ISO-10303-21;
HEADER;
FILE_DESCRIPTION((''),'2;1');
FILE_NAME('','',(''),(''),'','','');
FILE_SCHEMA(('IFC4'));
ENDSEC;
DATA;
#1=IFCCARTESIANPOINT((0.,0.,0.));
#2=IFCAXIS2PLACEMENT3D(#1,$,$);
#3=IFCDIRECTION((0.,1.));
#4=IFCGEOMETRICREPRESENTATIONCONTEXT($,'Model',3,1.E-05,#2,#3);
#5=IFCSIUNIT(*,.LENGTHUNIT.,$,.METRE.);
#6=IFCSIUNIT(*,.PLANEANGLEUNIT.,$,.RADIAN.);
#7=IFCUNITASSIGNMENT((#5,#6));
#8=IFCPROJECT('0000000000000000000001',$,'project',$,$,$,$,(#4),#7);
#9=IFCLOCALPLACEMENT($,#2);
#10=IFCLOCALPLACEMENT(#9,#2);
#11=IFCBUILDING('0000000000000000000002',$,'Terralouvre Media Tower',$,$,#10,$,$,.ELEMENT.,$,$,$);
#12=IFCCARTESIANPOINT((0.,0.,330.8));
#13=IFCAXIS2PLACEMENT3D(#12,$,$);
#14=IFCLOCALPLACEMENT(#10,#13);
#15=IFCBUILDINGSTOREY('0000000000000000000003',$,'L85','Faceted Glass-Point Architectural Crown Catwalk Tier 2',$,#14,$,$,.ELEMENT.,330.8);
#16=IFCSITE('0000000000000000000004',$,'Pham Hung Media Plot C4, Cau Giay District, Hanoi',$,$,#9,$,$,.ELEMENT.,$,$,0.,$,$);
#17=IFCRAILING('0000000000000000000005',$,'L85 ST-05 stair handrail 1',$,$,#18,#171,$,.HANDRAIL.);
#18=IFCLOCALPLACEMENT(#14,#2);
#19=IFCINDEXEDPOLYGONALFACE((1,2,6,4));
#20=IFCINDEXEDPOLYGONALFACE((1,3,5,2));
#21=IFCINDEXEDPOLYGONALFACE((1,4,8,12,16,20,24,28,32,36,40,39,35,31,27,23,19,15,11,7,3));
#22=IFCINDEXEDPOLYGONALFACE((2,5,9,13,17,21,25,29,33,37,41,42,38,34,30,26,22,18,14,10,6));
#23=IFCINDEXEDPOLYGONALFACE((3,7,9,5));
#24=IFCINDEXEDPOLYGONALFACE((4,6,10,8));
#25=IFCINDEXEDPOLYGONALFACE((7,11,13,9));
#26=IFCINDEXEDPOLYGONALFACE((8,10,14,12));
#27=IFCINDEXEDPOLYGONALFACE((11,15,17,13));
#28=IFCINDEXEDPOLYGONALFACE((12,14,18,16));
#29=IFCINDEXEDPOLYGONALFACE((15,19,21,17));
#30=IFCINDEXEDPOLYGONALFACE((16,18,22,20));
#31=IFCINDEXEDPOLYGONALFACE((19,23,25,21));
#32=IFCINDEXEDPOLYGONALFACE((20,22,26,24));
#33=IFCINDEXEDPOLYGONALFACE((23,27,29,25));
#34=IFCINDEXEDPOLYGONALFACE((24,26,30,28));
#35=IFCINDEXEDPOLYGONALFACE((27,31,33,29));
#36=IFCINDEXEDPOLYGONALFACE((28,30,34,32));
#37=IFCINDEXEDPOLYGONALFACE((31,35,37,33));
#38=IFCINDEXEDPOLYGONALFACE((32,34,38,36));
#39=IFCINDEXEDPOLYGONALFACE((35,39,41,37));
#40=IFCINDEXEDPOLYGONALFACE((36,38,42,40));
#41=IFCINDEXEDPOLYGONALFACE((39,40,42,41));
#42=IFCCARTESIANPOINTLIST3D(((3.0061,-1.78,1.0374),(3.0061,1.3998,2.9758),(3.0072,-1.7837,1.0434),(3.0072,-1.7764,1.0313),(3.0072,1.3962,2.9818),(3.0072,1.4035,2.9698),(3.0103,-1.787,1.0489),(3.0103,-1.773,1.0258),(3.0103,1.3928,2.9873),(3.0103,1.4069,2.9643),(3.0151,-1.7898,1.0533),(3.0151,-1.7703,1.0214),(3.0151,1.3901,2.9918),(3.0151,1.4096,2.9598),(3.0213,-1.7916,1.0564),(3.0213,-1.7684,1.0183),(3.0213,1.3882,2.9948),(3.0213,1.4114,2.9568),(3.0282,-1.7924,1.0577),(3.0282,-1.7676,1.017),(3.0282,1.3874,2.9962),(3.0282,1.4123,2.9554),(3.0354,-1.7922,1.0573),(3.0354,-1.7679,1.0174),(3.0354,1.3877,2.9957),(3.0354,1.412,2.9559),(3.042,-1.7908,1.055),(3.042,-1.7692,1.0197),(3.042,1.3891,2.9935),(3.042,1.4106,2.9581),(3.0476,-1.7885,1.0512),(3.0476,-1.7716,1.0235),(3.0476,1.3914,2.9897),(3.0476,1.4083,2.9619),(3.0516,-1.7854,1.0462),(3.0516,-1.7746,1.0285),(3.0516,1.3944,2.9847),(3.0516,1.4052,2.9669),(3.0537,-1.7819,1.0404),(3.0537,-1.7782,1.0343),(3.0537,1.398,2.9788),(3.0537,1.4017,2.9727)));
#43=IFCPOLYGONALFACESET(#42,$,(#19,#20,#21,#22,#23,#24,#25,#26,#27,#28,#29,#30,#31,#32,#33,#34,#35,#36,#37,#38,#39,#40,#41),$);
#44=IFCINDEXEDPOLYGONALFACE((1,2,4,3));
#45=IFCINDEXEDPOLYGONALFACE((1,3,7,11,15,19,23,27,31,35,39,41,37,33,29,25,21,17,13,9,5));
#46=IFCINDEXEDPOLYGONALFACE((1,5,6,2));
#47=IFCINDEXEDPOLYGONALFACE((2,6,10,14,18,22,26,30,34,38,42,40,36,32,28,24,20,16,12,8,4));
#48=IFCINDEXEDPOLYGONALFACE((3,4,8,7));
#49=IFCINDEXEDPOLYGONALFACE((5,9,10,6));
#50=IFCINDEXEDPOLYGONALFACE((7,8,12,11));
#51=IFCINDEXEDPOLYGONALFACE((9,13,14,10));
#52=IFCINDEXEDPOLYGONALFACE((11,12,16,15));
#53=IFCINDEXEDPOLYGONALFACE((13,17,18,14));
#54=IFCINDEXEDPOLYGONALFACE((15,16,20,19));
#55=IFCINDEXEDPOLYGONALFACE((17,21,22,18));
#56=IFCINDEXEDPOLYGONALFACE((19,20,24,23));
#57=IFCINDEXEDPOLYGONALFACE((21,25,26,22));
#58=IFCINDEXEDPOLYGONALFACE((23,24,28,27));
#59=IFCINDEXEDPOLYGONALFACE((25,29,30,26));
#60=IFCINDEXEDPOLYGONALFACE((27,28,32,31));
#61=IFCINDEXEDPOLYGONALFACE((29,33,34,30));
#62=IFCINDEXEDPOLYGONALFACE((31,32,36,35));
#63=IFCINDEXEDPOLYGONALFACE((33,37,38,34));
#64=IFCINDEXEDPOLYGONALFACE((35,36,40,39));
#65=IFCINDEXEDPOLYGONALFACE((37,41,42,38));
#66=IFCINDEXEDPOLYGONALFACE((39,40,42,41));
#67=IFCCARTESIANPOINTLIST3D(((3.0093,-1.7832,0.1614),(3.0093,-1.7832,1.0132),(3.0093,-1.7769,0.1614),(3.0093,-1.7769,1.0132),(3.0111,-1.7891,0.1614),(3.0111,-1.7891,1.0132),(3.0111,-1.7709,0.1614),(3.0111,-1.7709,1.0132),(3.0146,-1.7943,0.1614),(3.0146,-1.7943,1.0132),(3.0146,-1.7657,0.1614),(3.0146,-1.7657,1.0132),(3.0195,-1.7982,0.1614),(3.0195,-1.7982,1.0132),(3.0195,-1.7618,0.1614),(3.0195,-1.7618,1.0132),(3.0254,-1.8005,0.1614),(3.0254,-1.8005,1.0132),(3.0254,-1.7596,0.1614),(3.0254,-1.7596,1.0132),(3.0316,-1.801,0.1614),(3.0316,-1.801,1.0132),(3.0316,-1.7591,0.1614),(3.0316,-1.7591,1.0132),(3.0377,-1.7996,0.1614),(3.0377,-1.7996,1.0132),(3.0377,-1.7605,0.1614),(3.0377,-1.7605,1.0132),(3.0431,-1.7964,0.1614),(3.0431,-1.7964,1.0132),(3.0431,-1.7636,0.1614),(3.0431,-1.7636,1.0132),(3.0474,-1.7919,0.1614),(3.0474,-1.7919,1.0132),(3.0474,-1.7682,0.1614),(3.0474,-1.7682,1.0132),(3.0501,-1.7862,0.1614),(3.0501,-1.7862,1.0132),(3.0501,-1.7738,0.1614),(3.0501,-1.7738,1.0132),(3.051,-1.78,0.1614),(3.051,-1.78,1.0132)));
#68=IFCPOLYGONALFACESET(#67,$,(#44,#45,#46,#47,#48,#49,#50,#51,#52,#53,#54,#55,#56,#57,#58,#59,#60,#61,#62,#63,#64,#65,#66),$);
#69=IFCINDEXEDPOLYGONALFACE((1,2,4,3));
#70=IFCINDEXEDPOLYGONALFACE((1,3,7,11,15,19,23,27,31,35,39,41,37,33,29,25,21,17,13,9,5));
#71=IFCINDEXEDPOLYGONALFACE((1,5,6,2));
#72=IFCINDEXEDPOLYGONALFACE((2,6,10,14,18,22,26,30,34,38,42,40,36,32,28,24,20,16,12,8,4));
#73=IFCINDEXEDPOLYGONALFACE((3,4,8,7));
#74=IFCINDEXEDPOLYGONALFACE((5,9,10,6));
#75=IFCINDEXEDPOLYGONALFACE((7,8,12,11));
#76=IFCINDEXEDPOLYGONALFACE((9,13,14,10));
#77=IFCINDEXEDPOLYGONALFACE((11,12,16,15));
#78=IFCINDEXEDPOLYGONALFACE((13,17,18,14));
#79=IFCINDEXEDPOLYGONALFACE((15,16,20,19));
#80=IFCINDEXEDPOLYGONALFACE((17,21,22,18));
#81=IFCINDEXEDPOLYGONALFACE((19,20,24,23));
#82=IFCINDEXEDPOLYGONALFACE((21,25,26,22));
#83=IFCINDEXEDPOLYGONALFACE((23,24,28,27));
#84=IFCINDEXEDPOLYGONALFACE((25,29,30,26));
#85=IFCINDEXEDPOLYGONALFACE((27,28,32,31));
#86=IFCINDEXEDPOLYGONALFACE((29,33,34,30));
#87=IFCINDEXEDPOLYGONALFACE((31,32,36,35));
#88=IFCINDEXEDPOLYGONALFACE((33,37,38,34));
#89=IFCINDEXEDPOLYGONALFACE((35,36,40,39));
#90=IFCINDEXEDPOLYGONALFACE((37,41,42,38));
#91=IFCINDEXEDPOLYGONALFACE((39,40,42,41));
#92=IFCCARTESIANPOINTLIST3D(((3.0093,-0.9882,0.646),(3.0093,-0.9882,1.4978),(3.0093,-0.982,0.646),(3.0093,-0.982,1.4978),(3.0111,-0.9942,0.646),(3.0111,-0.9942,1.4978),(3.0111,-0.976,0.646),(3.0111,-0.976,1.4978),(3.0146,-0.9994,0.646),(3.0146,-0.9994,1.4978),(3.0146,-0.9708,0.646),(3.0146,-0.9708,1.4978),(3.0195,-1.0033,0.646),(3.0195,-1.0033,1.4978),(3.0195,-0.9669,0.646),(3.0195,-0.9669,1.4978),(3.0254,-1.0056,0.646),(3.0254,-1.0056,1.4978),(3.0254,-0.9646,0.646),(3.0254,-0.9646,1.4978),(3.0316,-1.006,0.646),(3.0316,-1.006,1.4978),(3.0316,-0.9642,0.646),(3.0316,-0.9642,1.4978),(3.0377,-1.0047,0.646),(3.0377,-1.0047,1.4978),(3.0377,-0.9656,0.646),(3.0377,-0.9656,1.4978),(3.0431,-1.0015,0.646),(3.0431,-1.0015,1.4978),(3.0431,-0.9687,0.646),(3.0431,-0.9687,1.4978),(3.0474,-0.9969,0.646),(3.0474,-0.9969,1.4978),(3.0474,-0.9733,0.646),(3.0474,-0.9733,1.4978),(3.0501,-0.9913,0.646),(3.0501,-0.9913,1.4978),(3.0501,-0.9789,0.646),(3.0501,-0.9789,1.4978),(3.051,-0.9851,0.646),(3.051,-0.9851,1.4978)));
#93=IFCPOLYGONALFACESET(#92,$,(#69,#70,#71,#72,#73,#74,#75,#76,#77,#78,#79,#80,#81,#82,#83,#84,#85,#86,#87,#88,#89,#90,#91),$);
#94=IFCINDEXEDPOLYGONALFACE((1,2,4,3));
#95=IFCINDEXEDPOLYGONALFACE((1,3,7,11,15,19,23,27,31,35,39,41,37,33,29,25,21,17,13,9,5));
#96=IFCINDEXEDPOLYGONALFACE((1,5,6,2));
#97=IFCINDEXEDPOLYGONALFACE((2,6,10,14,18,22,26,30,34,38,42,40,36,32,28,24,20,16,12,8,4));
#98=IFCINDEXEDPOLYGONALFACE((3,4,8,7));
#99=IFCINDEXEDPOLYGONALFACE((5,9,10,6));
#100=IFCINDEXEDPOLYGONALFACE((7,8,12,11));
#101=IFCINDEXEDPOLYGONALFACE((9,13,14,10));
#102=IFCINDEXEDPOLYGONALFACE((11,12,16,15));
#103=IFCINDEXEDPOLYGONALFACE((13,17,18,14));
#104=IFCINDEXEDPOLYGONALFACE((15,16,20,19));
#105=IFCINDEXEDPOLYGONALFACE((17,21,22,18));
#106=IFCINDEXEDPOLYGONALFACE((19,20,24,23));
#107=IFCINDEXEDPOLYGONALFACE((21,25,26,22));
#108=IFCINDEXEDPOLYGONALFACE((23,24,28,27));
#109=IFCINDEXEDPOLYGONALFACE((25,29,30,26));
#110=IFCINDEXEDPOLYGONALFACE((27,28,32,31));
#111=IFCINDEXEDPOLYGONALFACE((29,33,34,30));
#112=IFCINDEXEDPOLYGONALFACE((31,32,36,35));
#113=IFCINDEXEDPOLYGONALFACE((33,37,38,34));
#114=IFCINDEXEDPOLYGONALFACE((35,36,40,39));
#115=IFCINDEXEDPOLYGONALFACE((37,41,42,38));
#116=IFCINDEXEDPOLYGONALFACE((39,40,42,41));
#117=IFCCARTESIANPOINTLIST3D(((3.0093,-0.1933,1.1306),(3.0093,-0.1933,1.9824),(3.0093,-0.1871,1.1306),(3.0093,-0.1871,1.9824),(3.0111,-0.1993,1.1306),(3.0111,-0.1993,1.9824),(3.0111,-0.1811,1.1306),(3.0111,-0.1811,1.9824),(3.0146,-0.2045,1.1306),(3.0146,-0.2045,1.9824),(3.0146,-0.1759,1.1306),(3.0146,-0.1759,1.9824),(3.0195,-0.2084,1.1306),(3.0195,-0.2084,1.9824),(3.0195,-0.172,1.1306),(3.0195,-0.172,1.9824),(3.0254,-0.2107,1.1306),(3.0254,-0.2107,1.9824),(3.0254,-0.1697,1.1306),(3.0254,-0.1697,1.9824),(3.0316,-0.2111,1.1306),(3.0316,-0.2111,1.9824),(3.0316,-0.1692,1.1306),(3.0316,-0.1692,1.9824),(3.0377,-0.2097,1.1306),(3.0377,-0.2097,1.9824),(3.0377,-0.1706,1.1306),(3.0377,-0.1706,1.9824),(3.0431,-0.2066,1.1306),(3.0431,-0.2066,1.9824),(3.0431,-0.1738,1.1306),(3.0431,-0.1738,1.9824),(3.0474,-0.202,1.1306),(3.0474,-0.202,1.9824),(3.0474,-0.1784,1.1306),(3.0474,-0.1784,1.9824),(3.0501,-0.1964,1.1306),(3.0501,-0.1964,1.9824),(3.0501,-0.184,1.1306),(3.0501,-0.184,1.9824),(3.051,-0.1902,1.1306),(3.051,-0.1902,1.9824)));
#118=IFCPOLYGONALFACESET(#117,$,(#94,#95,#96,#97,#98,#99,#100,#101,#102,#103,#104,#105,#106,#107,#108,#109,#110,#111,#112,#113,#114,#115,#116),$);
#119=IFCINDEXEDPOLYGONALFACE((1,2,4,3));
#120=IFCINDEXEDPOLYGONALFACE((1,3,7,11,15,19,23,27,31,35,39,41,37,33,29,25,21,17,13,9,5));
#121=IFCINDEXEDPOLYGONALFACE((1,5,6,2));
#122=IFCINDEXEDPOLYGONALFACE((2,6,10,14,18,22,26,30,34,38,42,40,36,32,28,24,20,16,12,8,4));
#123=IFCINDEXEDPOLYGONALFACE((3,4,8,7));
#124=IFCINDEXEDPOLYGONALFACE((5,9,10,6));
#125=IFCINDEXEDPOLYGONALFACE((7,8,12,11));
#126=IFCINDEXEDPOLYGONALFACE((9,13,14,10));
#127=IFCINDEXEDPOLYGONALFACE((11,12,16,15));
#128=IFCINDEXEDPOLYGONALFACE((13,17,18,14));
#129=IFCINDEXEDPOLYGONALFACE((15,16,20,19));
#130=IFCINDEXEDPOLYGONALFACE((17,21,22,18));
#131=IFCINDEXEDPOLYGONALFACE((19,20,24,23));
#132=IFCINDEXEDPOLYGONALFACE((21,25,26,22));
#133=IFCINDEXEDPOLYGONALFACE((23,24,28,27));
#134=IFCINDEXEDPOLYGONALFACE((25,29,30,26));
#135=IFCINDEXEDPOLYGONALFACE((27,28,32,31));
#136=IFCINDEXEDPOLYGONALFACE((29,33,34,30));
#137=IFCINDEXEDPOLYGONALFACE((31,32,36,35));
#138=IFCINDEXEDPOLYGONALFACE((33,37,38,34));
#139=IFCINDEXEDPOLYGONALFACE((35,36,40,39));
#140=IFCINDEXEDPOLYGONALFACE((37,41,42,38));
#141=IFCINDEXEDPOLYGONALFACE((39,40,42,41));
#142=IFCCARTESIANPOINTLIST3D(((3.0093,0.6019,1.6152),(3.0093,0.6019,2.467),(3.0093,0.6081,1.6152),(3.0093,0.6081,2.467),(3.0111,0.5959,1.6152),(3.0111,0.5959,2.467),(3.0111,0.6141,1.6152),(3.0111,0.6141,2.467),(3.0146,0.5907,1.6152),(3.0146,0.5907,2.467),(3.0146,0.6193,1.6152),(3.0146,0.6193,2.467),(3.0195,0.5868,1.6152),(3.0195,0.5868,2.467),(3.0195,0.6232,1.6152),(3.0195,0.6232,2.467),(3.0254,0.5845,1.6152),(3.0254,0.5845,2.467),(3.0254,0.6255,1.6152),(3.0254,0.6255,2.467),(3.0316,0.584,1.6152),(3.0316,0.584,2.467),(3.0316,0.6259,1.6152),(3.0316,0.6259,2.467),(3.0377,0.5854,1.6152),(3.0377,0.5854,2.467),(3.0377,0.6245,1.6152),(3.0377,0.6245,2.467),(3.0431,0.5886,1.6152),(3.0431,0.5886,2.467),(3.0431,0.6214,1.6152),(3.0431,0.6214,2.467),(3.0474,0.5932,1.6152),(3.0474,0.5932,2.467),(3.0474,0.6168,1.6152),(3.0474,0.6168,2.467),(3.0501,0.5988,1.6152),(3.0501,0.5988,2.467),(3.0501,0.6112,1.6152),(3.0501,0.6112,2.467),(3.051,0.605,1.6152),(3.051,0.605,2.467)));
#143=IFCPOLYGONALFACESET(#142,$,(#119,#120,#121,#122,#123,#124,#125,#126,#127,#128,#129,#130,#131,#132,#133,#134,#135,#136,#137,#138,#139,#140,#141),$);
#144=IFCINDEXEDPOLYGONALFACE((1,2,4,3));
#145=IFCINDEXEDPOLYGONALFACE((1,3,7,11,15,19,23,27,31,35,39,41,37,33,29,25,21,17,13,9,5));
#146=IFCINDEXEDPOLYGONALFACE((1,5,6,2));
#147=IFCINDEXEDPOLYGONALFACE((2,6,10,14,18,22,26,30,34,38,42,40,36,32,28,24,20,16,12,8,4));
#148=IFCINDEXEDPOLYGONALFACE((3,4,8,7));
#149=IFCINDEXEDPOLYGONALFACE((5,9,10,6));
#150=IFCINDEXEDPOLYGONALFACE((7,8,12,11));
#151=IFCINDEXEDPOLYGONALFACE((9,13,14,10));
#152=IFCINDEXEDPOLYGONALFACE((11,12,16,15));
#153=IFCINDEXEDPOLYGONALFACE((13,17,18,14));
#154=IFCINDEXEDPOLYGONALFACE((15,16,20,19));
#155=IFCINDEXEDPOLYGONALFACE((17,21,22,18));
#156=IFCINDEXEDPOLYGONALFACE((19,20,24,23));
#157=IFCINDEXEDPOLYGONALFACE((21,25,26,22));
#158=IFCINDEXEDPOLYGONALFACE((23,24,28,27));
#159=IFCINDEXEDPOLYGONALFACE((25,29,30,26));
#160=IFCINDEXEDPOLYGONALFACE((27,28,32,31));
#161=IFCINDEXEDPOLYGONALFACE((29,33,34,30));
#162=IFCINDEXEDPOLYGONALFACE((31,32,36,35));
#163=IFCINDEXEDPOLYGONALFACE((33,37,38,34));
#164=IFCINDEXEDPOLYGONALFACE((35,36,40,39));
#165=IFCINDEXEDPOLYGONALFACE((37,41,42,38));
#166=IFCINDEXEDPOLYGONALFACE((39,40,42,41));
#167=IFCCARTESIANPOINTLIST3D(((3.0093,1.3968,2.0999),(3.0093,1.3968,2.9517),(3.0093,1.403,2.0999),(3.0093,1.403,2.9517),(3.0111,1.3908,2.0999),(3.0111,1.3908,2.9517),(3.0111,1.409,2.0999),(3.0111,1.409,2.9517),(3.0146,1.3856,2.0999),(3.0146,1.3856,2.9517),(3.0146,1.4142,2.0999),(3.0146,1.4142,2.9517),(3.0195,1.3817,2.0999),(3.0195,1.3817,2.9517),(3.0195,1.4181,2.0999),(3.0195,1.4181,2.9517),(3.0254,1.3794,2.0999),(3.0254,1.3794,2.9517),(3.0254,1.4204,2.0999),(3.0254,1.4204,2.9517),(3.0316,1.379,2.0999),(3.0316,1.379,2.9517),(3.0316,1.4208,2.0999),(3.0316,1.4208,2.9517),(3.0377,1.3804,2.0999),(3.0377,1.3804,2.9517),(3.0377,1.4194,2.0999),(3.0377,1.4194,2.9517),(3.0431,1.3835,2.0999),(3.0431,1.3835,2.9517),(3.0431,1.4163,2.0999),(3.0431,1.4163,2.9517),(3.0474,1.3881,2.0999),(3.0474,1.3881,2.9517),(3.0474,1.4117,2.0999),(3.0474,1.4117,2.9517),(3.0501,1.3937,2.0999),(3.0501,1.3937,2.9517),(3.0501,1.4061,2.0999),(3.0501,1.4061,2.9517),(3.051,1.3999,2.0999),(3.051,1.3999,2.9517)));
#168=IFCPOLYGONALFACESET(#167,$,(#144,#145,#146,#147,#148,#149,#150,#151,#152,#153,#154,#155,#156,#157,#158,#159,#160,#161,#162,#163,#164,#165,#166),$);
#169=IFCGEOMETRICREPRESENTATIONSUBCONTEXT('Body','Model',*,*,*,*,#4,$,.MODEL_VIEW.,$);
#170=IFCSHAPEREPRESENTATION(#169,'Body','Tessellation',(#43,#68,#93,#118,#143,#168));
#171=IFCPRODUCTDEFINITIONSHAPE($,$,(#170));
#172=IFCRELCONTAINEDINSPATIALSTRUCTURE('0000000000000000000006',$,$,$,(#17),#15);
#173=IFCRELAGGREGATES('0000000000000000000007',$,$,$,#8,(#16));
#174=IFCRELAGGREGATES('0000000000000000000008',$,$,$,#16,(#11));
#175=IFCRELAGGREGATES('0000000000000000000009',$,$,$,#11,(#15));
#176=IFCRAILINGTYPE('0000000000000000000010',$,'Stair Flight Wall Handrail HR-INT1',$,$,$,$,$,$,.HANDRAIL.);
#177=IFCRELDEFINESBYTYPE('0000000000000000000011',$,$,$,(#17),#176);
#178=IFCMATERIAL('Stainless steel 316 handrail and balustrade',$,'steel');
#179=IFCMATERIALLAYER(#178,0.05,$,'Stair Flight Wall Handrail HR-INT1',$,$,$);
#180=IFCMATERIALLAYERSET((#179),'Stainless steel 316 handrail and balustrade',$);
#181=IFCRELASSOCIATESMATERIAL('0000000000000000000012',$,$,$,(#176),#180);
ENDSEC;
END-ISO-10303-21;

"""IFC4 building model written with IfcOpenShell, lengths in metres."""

from ifc_helpers import new_model, si_unit, direction, frame, origin, origin_2d, place, context, subcontext, project, spatial, circle, extrude, material, layer, layer_set, type_object, element, save


model = new_model("IFC4")

# Units and contexts
model_context = context("Model", 3, precision=1e-05, world=origin(), true_north=direction((0.0, 1.0)))
body_context = subcontext(model_context, "Body", "Model", "MODEL_VIEW")
ifc_project = project(units=[si_unit("LENGTHUNIT", "METRE"), si_unit("PLANEANGLEUNIT", "RADIAN")], contexts=[model_context])

# Site, building, storey
site_placement = place(None, origin())
site = spatial("IfcSite", under=ifc_project, at=site_placement, Name="Pham Hung Media Plot C4, Cau Giay District, Hanoi", CompositionType="ELEMENT", RefElevation=0.0)
building_placement = place(site_placement, origin())
building = spatial("IfcBuilding", under=site, at=building_placement, Name="Terralouvre Media Tower", CompositionType="ELEMENT")
storey_placement = place(building_placement, frame((0.0, 0.0, 330.8)))
storey = spatial("IfcBuildingStorey", under=building, at=storey_placement, Name="L85", Description="Faceted Glass-Point Architectural Crown Catwalk Tier 2", CompositionType="ELEMENT", Elevation=330.8)

# Railing
ifc_material_1 = material(Name="Stainless steel 316 handrail and balustrade", Category="steel")
ifc_layer_1 = layer(ifc_material_1, 0.05, Name="Stair Flight Wall Handrail HR-INT1")
ifc_layer_set_1 = layer_set([ifc_layer_1], Name="Stainless steel 316 handrail and balustrade")
railing_type_1 = type_object("IfcRailingType", Name="Stair Flight Wall Handrail HR-INT1", PredefinedType="HANDRAIL", material=ifc_layer_set_1)
railing_1_placement = place(storey_placement, frame((3.03, -1.78, 0.1614)))
element("IfcRailing", 1, at=railing_1_placement, inside=storey, type_object=railing_type_1, Name="L85 ST-05 stair handrail 1", PredefinedType="HANDRAIL", context=body_context, shape_type="SweptSolid", body=[
    extrude(circle(Radius=0.0239, at=origin_2d()), frame((0.0, 0.0, 0.876), z_axis=(0.0, 0.853857, 0.520508), x_axis=(-1.0, 0.0, 0.0)), (0.0, 0.0, 1.0), 3.7241),
    extrude(circle(Radius=0.021, at=origin_2d()), origin(), (0.0, 0.0, 1.0), 0.8518),
    extrude(circle(Radius=0.021, at=origin_2d()), frame((0.0, 0.7949, 0.4846)), (0.0, 0.0, 1.0), 0.8518),
    extrude(circle(Radius=0.021, at=origin_2d()), frame((0.0, 1.5898, 0.9692)), (0.0, 0.0, 1.0), 0.8518),
    extrude(circle(Radius=0.021, at=origin_2d()), frame((0.0, 2.385, 1.4539)), (0.0, 0.0, 1.0), 0.8518),
    extrude(circle(Radius=0.021, at=origin_2d()), frame((0.0, 3.1799, 1.9385)), (0.0, 0.0, 1.0), 0.8518),
])

save(model, "model.ifc")
